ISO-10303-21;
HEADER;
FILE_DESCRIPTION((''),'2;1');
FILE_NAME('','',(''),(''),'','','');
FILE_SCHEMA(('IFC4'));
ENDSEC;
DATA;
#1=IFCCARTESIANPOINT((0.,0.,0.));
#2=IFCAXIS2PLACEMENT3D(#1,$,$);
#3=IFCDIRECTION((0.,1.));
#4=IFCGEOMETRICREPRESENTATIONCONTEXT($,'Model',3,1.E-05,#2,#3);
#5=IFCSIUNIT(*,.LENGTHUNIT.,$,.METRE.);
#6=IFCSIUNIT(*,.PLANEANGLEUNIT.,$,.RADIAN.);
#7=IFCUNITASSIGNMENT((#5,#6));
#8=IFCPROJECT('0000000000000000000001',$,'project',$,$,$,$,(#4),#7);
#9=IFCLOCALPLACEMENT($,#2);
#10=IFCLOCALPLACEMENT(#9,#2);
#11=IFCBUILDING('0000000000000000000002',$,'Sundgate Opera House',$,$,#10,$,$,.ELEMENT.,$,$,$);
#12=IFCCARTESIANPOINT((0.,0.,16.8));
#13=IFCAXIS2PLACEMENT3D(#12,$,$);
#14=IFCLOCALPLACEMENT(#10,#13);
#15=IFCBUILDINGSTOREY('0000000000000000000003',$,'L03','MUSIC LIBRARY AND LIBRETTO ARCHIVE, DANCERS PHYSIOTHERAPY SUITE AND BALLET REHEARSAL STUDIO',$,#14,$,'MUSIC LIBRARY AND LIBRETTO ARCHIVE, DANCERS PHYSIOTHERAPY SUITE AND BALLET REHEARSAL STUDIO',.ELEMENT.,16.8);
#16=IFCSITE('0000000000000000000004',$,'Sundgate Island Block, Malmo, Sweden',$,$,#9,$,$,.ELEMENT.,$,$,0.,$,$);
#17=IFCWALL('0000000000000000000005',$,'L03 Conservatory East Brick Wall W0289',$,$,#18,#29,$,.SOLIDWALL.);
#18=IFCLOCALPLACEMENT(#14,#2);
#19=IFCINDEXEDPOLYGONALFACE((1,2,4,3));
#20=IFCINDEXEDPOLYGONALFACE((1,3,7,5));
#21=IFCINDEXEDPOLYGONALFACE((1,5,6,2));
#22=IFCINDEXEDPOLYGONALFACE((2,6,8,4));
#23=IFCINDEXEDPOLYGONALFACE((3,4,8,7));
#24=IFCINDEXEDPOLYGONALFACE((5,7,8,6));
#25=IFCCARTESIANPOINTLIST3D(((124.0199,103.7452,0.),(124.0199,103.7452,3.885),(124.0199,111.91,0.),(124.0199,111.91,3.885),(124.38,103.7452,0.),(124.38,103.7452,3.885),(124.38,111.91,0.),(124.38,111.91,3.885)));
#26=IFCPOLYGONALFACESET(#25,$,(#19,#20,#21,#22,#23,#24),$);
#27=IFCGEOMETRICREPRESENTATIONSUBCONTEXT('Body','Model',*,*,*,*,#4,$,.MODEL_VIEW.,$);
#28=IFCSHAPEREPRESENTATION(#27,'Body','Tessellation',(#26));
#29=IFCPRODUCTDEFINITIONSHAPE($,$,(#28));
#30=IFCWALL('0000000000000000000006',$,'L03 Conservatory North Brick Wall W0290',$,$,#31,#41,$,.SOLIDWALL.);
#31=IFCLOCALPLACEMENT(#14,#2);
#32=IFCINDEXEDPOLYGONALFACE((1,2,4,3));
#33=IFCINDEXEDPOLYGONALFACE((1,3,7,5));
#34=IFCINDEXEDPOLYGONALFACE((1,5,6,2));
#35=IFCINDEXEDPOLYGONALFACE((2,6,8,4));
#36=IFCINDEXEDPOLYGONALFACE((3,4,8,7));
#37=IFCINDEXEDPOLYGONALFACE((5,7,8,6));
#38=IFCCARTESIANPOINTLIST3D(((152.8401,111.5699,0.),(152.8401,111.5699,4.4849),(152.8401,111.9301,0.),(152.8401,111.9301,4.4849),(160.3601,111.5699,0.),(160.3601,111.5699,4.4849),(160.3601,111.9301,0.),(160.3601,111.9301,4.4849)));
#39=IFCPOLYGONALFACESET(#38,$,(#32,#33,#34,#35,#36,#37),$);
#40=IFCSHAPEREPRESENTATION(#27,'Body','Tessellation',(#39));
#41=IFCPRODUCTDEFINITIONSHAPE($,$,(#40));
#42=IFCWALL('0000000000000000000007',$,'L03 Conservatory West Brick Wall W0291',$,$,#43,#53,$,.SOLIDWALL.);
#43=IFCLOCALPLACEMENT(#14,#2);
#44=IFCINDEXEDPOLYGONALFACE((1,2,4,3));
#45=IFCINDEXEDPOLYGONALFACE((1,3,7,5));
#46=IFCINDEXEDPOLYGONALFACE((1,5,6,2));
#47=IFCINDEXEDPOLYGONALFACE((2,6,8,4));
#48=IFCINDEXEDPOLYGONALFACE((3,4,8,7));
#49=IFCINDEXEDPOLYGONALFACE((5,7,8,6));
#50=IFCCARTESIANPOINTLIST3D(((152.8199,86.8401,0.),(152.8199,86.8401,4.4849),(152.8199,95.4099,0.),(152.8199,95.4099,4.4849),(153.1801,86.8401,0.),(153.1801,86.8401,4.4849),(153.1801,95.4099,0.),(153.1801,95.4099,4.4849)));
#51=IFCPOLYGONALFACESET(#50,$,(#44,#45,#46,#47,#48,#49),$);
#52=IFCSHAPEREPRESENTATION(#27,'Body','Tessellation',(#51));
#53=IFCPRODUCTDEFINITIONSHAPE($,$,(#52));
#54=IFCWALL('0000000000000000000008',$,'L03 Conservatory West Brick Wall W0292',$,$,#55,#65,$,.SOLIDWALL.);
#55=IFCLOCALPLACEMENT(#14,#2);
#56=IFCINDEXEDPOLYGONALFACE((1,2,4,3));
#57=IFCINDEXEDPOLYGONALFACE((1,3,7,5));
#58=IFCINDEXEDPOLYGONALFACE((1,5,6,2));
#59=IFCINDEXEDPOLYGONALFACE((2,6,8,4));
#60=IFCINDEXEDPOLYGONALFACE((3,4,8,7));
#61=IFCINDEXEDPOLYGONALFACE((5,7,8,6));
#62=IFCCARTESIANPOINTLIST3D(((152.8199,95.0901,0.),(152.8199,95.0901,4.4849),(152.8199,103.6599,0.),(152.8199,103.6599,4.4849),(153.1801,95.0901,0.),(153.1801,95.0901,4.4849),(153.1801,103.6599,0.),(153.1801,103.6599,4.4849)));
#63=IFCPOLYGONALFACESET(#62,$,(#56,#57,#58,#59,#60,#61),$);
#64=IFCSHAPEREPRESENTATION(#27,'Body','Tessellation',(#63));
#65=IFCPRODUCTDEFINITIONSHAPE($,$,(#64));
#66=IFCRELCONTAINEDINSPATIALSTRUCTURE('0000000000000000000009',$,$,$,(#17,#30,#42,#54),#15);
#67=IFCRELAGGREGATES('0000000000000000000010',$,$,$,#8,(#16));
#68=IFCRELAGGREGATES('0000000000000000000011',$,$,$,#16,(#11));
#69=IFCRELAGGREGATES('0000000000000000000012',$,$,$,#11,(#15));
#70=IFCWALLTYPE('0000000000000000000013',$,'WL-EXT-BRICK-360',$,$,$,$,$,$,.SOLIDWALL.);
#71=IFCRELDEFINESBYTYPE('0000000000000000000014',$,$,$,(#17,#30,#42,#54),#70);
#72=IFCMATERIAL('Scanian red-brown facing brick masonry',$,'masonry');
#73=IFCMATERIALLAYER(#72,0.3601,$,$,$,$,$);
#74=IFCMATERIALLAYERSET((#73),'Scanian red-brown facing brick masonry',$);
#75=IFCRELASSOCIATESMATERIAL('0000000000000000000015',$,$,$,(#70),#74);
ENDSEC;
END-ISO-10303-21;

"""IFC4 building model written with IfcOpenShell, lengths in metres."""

from ifc_helpers import new_model, si_unit, direction, frame, frame_2d, origin, place, context, subcontext, project, spatial, rectangle, extrude, material, layer, layer_set, type_object, element, save


model = new_model("IFC4")

# Units and contexts
model_context = context("Model", 3, precision=1e-05, world=origin(), true_north=direction((0.0, 1.0)))
body_context = subcontext(model_context, "Body", "Model", "MODEL_VIEW")
ifc_project = project(units=[si_unit("LENGTHUNIT", "METRE"), si_unit("PLANEANGLEUNIT", "RADIAN")], contexts=[model_context])

# Site, building, storey
site_placement = place(None, origin())
site = spatial("IfcSite", under=ifc_project, at=site_placement, Name="Sundgate Island Block, Malmo, Sweden", CompositionType="ELEMENT", RefElevation=0.0)
building_placement = place(site_placement, origin())
building = spatial("IfcBuilding", under=site, at=building_placement, Name="Sundgate Opera House", CompositionType="ELEMENT")
storey_placement = place(building_placement, frame((0.0, 0.0, 16.8)))
storey = spatial("IfcBuildingStorey", under=building, at=storey_placement, Name="L03", Description="MUSIC LIBRARY AND LIBRETTO ARCHIVE, DANCERS PHYSIOTHERAPY SUITE AND BALLET REHEARSAL STUDIO", LongName="MUSIC LIBRARY AND LIBRETTO ARCHIVE, DANCERS PHYSIOTHERAPY SUITE AND BALLET REHEARSAL STUDIO", CompositionType="ELEMENT", Elevation=16.8)

# Shared definitions
ifc_material_1 = material(Name="Scanian red-brown facing brick masonry", Category="masonry")
ifc_layer = layer(ifc_material_1, 0.3601)
ifc_layer_set = layer_set([ifc_layer], Name="Scanian red-brown facing brick masonry")
wall_type = type_object("IfcWallType", Name="WL-EXT-BRICK-360", PredefinedType="SOLIDWALL", material=ifc_layer_set)

# Walls
wall_1_placement = place(storey_placement, frame((124.2, 103.7451, 0.0), z_axis=(0.0, 0.0, 1.0), x_axis=(0.0, 1.0, 0.0)))
element("IfcWall", 1, at=wall_1_placement, inside=storey, type_object=wall_type, Name="L03 Conservatory East Brick Wall W0289", PredefinedType="SOLIDWALL", context=body_context, shape_type="SweptSolid", body=[
    extrude(rectangle(XDim=8.1648, YDim=0.3601, at=frame_2d((4.0825, 0.0))), origin(), (0.0, 0.0, 1.0), 3.885),
])
wall_2_placement = place(storey_placement, frame((152.8401, 111.75, 0.0), z_axis=(0.0, 0.0, 1.0), x_axis=(1.0, 0.0, 0.0)))
element("IfcWall", 2, at=wall_2_placement, inside=storey, type_object=wall_type, Name="L03 Conservatory North Brick Wall W0290", PredefinedType="SOLIDWALL", context=body_context, shape_type="SweptSolid", body=[
    extrude(rectangle(XDim=7.52, YDim=0.3601, at=frame_2d((3.76, 0.0))), origin(), (0.0, 0.0, 1.0), 4.4849),
])
for number, where, z_axis, x_axis, name in (
    (3, (153.0, 95.4099, 0.0), (0.0, 0.0, 1.0), (0.0, -1.0, 0.0), "L03 Conservatory West Brick Wall W0291"),
    (4, (153.0, 103.6599, 0.0), (0.0, 0.0, 1.0), (0.0, -1.0, 0.0), "L03 Conservatory West Brick Wall W0292"),
):
    element("IfcWall", number, at=place(storey_placement, frame(where, z_axis=z_axis, x_axis=x_axis)), inside=storey, type_object=wall_type, Name=name, PredefinedType="SOLIDWALL", context=body_context, shape_type="SweptSolid", body=[
        extrude(rectangle(XDim=8.5698, YDim=0.3601, at=frame_2d((4.2849, 0.0))), origin(), (0.0, 0.0, 1.0), 4.4849),
    ])

save(model, "model.ifc")
